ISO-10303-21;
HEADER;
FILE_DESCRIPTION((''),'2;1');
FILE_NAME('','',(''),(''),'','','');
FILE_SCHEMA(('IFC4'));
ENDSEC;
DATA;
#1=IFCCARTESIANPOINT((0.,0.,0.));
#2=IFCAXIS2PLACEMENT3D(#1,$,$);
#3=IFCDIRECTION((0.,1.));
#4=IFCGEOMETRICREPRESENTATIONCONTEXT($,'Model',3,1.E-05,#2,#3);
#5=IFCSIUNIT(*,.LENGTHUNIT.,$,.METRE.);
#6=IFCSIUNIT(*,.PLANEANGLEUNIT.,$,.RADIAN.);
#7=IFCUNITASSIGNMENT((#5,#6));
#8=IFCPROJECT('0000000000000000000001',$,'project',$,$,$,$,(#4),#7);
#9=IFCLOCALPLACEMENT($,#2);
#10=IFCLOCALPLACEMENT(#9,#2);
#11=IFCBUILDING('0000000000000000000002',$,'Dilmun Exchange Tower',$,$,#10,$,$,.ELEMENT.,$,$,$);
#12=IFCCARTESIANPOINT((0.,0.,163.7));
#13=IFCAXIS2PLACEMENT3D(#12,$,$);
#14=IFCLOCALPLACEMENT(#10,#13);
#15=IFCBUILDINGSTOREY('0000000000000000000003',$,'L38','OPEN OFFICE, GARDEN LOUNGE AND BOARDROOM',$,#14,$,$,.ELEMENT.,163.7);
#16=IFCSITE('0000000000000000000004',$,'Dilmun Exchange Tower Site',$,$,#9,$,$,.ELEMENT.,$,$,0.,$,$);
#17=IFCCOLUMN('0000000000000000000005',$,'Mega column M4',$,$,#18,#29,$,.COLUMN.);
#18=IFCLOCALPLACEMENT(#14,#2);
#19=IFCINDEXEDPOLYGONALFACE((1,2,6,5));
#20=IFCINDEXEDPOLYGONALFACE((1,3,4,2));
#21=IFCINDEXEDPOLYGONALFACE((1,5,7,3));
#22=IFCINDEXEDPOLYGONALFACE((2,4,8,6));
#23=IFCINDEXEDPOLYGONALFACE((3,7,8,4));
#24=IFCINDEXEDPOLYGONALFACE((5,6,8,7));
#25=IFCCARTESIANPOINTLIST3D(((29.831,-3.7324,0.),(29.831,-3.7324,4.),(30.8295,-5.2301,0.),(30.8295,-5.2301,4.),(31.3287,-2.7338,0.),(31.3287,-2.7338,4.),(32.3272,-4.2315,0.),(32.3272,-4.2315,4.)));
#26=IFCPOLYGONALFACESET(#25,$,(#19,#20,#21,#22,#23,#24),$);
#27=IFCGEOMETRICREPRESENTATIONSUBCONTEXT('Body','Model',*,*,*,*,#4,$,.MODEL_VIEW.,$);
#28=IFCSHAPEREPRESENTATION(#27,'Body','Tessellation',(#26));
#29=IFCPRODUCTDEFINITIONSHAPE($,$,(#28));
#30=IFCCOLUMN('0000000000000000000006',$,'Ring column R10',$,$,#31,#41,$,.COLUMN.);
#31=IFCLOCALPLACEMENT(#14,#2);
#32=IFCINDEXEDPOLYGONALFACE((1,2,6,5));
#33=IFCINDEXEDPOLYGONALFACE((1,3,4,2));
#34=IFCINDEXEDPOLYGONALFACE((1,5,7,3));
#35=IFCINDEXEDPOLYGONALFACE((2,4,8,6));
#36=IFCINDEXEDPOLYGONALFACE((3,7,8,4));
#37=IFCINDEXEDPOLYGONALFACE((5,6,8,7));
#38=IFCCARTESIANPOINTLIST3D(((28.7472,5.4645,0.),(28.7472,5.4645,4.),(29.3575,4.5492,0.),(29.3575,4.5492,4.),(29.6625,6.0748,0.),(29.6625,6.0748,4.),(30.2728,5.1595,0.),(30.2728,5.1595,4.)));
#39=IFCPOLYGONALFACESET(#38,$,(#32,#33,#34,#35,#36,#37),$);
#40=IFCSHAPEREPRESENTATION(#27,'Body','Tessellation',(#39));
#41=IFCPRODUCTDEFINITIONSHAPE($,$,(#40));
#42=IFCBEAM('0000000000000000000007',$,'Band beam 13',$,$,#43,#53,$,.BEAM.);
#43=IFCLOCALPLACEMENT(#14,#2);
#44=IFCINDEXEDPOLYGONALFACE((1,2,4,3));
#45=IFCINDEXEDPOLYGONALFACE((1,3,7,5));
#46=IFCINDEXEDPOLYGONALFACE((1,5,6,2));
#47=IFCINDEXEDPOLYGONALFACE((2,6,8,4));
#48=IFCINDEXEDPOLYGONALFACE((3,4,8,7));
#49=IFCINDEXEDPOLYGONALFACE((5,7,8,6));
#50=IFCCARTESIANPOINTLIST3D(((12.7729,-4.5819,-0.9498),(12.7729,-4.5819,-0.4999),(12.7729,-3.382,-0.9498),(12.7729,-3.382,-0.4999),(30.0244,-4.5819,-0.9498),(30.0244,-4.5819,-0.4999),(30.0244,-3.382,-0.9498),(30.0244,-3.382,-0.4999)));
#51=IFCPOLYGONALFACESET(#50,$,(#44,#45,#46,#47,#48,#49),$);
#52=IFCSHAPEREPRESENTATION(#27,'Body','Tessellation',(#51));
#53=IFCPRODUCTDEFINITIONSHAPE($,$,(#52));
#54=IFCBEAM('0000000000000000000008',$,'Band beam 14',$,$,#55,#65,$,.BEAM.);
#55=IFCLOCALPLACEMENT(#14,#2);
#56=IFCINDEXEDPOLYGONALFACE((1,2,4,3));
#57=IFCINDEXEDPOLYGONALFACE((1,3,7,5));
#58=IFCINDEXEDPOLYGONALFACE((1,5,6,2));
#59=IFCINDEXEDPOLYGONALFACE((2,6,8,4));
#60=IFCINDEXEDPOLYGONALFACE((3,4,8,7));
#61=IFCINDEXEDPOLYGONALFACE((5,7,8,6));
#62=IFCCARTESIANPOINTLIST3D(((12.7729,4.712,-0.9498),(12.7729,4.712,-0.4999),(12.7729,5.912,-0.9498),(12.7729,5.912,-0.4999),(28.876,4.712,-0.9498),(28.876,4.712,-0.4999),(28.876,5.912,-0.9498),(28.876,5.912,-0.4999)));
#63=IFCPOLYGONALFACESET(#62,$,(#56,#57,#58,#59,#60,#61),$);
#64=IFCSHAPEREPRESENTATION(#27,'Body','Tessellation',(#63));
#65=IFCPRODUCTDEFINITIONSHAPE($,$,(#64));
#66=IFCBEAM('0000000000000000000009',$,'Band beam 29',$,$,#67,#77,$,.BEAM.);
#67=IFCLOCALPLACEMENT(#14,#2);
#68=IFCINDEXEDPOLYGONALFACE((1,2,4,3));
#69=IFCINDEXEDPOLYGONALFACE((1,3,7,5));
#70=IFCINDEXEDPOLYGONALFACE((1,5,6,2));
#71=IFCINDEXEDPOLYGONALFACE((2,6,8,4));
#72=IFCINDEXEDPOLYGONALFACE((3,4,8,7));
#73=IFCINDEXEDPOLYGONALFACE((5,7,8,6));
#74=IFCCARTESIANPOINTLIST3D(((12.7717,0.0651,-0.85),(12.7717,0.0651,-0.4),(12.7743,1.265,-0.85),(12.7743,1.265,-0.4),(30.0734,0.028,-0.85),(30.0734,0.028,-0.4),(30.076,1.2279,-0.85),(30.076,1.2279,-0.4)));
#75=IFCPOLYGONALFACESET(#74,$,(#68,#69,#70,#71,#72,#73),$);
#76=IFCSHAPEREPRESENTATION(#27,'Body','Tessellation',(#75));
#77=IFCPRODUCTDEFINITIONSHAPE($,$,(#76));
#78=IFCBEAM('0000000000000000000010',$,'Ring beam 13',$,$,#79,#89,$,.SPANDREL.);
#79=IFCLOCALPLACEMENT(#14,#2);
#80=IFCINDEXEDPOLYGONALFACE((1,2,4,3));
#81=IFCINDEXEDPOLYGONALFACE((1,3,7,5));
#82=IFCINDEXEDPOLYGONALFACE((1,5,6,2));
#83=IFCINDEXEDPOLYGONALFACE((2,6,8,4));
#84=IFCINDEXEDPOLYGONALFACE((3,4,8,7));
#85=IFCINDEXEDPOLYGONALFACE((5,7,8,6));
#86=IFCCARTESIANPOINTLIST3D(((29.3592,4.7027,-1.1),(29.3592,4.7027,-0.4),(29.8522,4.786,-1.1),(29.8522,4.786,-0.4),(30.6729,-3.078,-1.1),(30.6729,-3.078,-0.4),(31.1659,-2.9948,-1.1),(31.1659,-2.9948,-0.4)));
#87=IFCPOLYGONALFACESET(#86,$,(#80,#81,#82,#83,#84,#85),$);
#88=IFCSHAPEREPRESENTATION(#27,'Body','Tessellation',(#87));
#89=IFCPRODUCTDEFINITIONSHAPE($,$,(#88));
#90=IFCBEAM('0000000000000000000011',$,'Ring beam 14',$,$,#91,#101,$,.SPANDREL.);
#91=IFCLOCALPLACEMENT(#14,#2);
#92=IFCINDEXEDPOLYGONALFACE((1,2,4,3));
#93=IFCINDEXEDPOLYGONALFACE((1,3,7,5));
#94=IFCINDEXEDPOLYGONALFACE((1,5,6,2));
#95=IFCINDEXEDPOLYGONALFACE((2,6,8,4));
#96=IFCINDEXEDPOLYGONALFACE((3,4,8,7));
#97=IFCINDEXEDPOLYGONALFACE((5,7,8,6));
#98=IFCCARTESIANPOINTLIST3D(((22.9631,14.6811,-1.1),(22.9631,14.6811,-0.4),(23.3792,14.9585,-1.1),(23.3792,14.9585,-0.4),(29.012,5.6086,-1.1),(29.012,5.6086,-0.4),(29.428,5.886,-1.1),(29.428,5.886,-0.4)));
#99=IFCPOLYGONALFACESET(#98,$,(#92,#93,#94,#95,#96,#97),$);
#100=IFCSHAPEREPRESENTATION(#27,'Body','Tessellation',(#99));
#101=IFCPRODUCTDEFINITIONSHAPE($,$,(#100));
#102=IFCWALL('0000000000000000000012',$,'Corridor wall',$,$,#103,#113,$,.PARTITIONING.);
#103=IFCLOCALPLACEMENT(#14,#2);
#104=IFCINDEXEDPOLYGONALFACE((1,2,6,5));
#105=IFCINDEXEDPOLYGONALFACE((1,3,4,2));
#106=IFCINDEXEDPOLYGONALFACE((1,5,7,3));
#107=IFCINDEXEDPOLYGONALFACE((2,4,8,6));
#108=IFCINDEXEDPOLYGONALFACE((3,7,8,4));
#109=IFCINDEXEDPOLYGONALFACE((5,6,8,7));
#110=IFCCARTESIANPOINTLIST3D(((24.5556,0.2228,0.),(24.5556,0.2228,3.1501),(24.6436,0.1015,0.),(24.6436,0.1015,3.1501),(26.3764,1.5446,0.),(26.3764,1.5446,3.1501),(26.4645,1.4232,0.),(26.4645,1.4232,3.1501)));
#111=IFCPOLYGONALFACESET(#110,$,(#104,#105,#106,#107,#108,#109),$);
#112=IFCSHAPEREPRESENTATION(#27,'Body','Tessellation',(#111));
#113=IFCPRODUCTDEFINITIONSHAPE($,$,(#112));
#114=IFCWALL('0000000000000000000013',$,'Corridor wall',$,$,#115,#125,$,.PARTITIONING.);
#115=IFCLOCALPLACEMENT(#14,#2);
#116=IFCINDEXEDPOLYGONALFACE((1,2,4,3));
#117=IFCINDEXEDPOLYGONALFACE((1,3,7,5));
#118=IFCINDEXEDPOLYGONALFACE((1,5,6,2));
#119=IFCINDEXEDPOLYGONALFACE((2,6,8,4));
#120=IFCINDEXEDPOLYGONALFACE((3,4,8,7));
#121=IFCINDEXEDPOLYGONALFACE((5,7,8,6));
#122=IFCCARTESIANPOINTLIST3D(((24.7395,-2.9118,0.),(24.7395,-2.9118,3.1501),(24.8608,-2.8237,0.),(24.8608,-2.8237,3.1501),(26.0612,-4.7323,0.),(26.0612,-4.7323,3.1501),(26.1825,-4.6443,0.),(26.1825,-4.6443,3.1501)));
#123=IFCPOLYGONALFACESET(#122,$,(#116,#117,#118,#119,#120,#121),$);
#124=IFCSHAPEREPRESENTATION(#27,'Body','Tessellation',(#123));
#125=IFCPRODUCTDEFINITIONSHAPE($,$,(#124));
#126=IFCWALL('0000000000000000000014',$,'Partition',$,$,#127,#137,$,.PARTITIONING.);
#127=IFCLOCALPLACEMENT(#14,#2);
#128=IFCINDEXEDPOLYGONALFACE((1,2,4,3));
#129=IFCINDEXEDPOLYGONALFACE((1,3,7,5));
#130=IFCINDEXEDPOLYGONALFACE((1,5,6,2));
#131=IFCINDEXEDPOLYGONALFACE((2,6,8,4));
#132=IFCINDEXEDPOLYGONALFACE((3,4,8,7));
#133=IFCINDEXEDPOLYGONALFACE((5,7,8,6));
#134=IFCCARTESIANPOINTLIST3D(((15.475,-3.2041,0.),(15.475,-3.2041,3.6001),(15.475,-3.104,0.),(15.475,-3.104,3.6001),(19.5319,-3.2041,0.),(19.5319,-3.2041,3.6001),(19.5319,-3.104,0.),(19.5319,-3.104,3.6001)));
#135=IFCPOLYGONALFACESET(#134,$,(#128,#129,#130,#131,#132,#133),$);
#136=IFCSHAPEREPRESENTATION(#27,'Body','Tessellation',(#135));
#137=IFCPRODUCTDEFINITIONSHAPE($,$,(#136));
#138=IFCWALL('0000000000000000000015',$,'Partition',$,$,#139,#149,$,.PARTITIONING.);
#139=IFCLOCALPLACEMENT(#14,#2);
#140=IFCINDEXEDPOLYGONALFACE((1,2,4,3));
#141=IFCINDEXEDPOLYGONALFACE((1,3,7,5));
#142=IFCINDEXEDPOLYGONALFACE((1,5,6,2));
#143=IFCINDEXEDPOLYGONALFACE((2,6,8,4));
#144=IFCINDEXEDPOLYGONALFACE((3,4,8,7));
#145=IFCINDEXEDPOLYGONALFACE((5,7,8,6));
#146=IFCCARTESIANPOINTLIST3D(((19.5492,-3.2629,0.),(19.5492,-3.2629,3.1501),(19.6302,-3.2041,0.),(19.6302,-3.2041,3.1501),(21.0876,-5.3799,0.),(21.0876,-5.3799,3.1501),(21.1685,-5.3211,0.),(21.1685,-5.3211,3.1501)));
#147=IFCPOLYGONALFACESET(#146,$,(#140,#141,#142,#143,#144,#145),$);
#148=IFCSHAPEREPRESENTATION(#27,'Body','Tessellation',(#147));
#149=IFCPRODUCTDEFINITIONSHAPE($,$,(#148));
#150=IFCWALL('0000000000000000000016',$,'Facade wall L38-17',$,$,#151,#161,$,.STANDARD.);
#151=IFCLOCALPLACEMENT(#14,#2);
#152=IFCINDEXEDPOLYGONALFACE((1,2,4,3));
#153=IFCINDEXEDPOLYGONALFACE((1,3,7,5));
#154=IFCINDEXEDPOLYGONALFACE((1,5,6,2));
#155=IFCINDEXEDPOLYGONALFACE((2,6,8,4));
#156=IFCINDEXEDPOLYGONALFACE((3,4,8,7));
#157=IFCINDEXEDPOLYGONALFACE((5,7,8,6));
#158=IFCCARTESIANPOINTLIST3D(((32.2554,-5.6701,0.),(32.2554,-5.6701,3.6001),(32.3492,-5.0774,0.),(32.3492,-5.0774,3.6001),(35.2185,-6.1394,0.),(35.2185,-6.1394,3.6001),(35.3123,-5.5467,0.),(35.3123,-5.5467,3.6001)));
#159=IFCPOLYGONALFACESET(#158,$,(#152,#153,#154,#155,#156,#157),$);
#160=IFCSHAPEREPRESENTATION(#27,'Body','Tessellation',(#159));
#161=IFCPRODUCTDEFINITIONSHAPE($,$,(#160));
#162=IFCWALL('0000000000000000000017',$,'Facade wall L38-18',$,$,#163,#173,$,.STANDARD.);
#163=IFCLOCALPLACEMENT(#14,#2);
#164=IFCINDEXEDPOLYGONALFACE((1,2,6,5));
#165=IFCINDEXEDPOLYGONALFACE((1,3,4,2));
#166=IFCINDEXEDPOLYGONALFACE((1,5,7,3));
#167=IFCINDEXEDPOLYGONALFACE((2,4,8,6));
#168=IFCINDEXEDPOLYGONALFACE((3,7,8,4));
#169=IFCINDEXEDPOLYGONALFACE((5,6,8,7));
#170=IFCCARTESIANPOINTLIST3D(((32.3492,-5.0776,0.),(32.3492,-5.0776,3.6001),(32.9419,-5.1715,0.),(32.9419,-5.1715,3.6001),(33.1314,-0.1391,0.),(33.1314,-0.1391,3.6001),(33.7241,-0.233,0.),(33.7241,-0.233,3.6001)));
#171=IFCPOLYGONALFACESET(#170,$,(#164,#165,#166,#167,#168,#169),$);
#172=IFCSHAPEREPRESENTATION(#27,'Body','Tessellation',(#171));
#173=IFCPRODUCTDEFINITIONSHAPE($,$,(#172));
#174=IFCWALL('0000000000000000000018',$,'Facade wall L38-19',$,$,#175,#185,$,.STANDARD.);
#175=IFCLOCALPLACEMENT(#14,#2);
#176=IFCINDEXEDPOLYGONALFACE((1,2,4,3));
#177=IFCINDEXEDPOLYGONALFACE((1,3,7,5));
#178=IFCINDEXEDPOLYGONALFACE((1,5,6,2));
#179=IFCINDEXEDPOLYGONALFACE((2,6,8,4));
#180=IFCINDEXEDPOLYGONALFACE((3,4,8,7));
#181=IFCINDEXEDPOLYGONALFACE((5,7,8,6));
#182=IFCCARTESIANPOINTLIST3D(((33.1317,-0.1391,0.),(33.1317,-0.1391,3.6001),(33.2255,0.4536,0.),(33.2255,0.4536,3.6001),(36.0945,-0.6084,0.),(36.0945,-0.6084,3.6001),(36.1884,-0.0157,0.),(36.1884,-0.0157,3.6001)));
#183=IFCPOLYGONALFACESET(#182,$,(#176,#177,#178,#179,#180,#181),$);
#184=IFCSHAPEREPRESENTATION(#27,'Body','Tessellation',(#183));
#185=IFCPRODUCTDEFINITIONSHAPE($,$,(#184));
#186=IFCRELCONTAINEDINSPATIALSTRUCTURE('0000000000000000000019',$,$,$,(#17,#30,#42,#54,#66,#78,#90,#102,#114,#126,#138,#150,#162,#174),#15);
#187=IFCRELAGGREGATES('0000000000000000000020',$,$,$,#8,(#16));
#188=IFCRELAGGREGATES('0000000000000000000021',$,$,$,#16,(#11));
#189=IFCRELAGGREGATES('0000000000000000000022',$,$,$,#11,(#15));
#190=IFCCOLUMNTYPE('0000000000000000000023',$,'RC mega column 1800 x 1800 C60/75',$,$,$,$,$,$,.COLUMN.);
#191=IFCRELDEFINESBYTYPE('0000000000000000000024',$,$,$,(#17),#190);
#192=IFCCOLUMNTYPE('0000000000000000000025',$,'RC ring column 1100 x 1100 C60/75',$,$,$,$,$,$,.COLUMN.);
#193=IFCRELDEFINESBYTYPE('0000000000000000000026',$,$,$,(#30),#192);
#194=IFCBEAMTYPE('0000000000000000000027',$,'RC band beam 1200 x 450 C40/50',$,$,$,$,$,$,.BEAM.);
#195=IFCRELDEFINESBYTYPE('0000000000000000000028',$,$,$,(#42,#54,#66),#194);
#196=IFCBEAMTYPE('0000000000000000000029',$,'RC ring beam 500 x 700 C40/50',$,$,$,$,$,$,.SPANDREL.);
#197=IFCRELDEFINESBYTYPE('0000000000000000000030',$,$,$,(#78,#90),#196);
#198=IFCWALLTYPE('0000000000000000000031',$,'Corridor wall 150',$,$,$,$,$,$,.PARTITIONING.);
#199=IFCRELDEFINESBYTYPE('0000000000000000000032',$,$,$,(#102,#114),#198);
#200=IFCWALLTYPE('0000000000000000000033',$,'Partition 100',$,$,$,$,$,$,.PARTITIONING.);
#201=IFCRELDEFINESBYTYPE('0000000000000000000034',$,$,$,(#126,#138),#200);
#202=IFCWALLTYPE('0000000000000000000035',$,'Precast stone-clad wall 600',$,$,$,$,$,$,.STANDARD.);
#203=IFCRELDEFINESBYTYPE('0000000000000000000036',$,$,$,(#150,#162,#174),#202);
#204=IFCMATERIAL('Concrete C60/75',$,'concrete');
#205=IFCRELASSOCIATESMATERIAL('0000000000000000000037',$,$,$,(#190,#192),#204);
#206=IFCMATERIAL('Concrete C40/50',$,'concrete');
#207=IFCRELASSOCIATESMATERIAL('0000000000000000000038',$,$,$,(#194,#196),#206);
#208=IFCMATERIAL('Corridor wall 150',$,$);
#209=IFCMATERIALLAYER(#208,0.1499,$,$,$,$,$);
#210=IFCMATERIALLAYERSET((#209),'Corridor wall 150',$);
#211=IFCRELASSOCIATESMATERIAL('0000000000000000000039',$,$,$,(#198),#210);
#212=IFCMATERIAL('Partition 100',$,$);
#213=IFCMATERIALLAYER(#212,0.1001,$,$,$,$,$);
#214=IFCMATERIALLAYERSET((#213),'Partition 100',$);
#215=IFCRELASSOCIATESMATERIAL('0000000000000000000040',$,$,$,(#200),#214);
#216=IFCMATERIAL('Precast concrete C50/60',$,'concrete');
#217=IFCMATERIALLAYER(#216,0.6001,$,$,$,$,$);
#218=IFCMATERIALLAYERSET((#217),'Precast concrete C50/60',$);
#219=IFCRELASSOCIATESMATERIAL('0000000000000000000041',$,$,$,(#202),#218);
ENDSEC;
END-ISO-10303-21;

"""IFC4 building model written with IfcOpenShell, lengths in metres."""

from ifc_helpers import new_model, si_unit, direction, frame, frame_2d, origin, origin_2d, place, context, subcontext, project, spatial, rectangle, extrude, material, layer, layer_set, material_profile, profile_set, type_object, element, save


model = new_model("IFC4")

# Units and contexts
model_context = context("Model", 3, precision=1e-05, world=origin(), true_north=direction((0.0, 1.0)))
body_context = subcontext(model_context, "Body", "Model", "MODEL_VIEW")
ifc_project = project(units=[si_unit("LENGTHUNIT", "METRE"), si_unit("PLANEANGLEUNIT", "RADIAN")], contexts=[model_context])

# Site, building, storey
site_placement = place(None, origin())
site = spatial("IfcSite", under=ifc_project, at=site_placement, Name="Dilmun Exchange Tower Site", CompositionType="ELEMENT", RefElevation=0.0)
building_placement = place(site_placement, origin())
building = spatial("IfcBuilding", under=site, at=building_placement, Name="Dilmun Exchange Tower", CompositionType="ELEMENT")
storey_placement = place(building_placement, frame((0.0, 0.0, 163.7)))
storey = spatial("IfcBuildingStorey", under=building, at=storey_placement, Name="L38", Description="OPEN OFFICE, GARDEN LOUNGE AND BOARDROOM", CompositionType="ELEMENT", Elevation=163.7)

# Columns
ifc_material_1 = material(Name="Concrete C60/75", Category="concrete")
ifc_material_profile_1 = material_profile(ifc_material_1, rectangle(XDim=1.8, YDim=1.8, at=origin_2d()), Name="1800 x 1800")
ifc_profile_set_1 = profile_set([ifc_material_profile_1], Name="Concrete C60/75")
column_type_1 = type_object("IfcColumnType", Name="RC mega column 1800 x 1800 C60/75", PredefinedType="COLUMN", material=ifc_profile_set_1)
column_1_placement = place(storey_placement, frame((31.0791, -3.9819, 0.0), z_axis=(0.0, 0.0, 1.0), x_axis=(0.832029, 0.554733, 0.0)))
element("IfcColumn", 1, at=column_1_placement, inside=storey, type_object=column_type_1, Name="Mega column M4", PredefinedType="COLUMN", context=body_context, shape_type="SweptSolid", body=[
    extrude(rectangle(XDim=1.8, YDim=1.8, at=origin_2d()), origin(), (0.0, 0.0, 1.0), 4.0),
])
ifc_material_profile_2 = material_profile(ifc_material_1, rectangle(XDim=1.1001, YDim=1.1001, at=origin_2d()), Name="1100 x 1100")
ifc_profile_set_2 = profile_set([ifc_material_profile_2], Name="Concrete C60/75")
column_type_2 = type_object("IfcColumnType", Name="RC ring column 1100 x 1100 C60/75", PredefinedType="COLUMN", material=ifc_profile_set_2)
column_2_placement = place(storey_placement, frame((29.51, 5.312, 0.0), z_axis=(0.0, 0.0, 1.0), x_axis=(0.832029, 0.554733, 0.0)))
element("IfcColumn", 2, at=column_2_placement, inside=storey, type_object=column_type_2, Name="Ring column R10", PredefinedType="COLUMN", context=body_context, shape_type="SweptSolid", body=[
    extrude(rectangle(XDim=1.1001, YDim=1.1001, at=origin_2d()), origin(), (0.0, 0.0, 1.0), 4.0),
])

# Beams
ifc_material_2 = material(Name="Concrete C40/50", Category="concrete")
ifc_material_profile_3 = material_profile(ifc_material_2, rectangle(XDim=1.2, YDim=0.45, at=origin_2d()), Name="1200 x 450")
ifc_profile_set_3 = profile_set([ifc_material_profile_3], Name="Concrete C40/50")
beam_type_1 = type_object("IfcBeamType", Name="RC band beam 1200 x 450 C40/50", PredefinedType="BEAM", material=ifc_profile_set_3)
beam_1_placement = place(storey_placement, frame((30.0244, -3.9819, -0.7249), z_axis=(-1.0, 0.0, 0.0), x_axis=(0.0, -1.0, 0.0)))
element("IfcBeam", 3, at=beam_1_placement, inside=storey, type_object=beam_type_1, Name="Band beam 13", PredefinedType="BEAM", context=body_context, shape_type="SweptSolid", body=[
    extrude(rectangle(XDim=1.2, YDim=0.45, at=origin_2d()), origin(), (0.0, 0.0, 1.0), 17.2515),
])
beam_2_placement = place(storey_placement, frame((28.876, 5.312, -0.7249), z_axis=(-1.0, 0.0, 0.0), x_axis=(0.0, -1.0, 0.0)))
element("IfcBeam", 4, at=beam_2_placement, inside=storey, type_object=beam_type_1, Name="Band beam 14", PredefinedType="BEAM", context=body_context, shape_type="SweptSolid", body=[
    extrude(rectangle(XDim=1.2, YDim=0.45, at=origin_2d()), origin(), (0.0, 0.0, 1.0), 16.103),
])
beam_3_placement = place(storey_placement, frame((30.0747, 0.6279, -0.625), z_axis=(-0.999998, 0.002145, 0.0), x_axis=(-0.002145, -0.999998, 0.0)))
element("IfcBeam", 5, at=beam_3_placement, inside=storey, type_object=beam_type_1, Name="Band beam 29", PredefinedType="BEAM", context=body_context, shape_type="SweptSolid", body=[
    extrude(rectangle(XDim=1.2, YDim=0.45, at=origin_2d()), origin(), (0.0, 0.0, 1.0), 17.3018),
])
ifc_material_profile_4 = material_profile(ifc_material_2, rectangle(XDim=0.5, YDim=0.7, at=origin_2d()), Name="500 x 700")
ifc_profile_set_4 = profile_set([ifc_material_profile_4], Name="Concrete C40/50")
beam_type_2 = type_object("IfcBeamType", Name="RC ring beam 500 x 700 C40/50", PredefinedType="SPANDREL", material=ifc_profile_set_4)
beam_4_placement = place(storey_placement, frame((30.9194, -3.0364, -0.75), z_axis=(-0.166486, 0.986044, 0.0), x_axis=(-0.986044, -0.166486, 0.0)))
element("IfcBeam", 6, at=beam_4_placement, inside=storey, type_object=beam_type_2, Name="Ring beam 13", PredefinedType="SPANDREL", context=body_context, shape_type="SweptSolid", body=[
    extrude(rectangle(XDim=0.5, YDim=0.7, at=origin_2d()), origin(), (0.0, 0.0, 1.0), 7.8909),
])
beam_5_placement = place(storey_placement, frame((29.22, 5.7473, -0.75), z_axis=(-0.554731, 0.83203, 0.0), x_axis=(-0.83203, -0.554731, 0.0)))
element("IfcBeam", 7, at=beam_5_placement, inside=storey, type_object=beam_type_2, Name="Ring beam 14", PredefinedType="SPANDREL", context=body_context, shape_type="SweptSolid", body=[
    extrude(rectangle(XDim=0.5, YDim=0.7, at=origin_2d()), origin(), (0.0, 0.0, 1.0), 10.9041),
])

# Walls
ifc_material_3 = material(Name="Corridor wall 150")
ifc_layer_1 = layer(ifc_material_3, 0.1499)
ifc_layer_set_1 = layer_set([ifc_layer_1], Name="Corridor wall 150")
wall_type_1 = type_object("IfcWallType", Name="Corridor wall 150", PredefinedType="PARTITIONING", material=ifc_layer_set_1)
wall_1_placement = place(storey_placement, frame((24.5996, 0.1621, 0.0), z_axis=(0.0, 0.0, 1.0), x_axis=(0.809252, 0.587462, 0.0)))
element("IfcWall", 8, at=wall_1_placement, inside=storey, type_object=wall_type_1, Name="Corridor wall", PredefinedType="PARTITIONING", context=body_context, shape_type="SweptSolid", body=[
    extrude(rectangle(XDim=2.25, YDim=0.1499, at=frame_2d((1.125, 0.0))), origin(), (0.0, 0.0, 1.0), 3.1501),
])
wall_2_placement = place(storey_placement, frame((24.8, -2.8677, 0.0), z_axis=(0.0, 0.0, 1.0), x_axis=(0.587513, -0.809214, 0.0)))
element("IfcWall", 9, at=wall_2_placement, inside=storey, type_object=wall_type_1, Name="Corridor wall", PredefinedType="PARTITIONING", context=body_context, shape_type="SweptSolid", body=[
    extrude(rectangle(XDim=2.2498, YDim=0.1499, at=frame_2d((1.125, 0.0))), origin(), (0.0, 0.0, 1.0), 3.1501),
])
ifc_material_4 = material(Name="Partition 100")
ifc_layer_2 = layer(ifc_material_4, 0.1001)
ifc_layer_set_2 = layer_set([ifc_layer_2], Name="Partition 100")
wall_type_2 = type_object("IfcWallType", Name="Partition 100", PredefinedType="PARTITIONING", material=ifc_layer_set_2)
wall_3_placement = place(storey_placement, frame((15.4751, -3.1541, 0.0), z_axis=(0.0, 0.0, 1.0), x_axis=(1.0, 0.0, 0.0)))
element("IfcWall", 10, at=wall_3_placement, inside=storey, type_object=wall_type_2, Name="Partition", PredefinedType="PARTITIONING", context=body_context, shape_type="SweptSolid", body=[
    extrude(rectangle(XDim=4.0569, YDim=0.1001, at=frame_2d((2.0283, 0.0))), origin(), (0.0, 0.0, 1.0), 3.6001),
])
wall_4_placement = place(storey_placement, frame((19.5896, -3.2334, 0.0), z_axis=(0.0, 0.0, 1.0), x_axis=(0.587855, -0.808966, 0.0)))
element("IfcWall", 11, at=wall_4_placement, inside=storey, type_object=wall_type_2, Name="Partition", PredefinedType="PARTITIONING", context=body_context, shape_type="SweptSolid", body=[
    extrude(rectangle(XDim=2.6169, YDim=0.1001, at=frame_2d((1.3086, 0.0))), origin(), (0.0, 0.0, 1.0), 3.1501),
])
ifc_material_5 = material(Name="Precast concrete C50/60", Category="concrete")
ifc_layer_3 = layer(ifc_material_5, 0.6001)
ifc_layer_set_3 = layer_set([ifc_layer_3], Name="Precast concrete C50/60")
wall_type_3 = type_object("IfcWallType", Name="Precast stone-clad wall 600", PredefinedType="STANDARD", material=ifc_layer_set_3)
wall_5_placement = place(storey_placement, frame((35.2654, -5.843, 0.0), z_axis=(0.0, 0.0, 1.0), x_axis=(-0.987692, 0.15641, 0.0)))
element("IfcWall", 12, at=wall_5_placement, inside=storey, type_object=wall_type_3, Name="Facade wall L38-17", PredefinedType="STANDARD", context=body_context, shape_type="SweptSolid", body=[
    extrude(rectangle(XDim=3.0, YDim=0.6001, at=frame_2d((1.5, 0.0))), origin(), (0.0, 0.0, 1.0), 3.6001),
])
wall_6_placement = place(storey_placement, frame((32.6455, -5.1245, 0.0), z_axis=(0.0, 0.0, 1.0), x_axis=(0.156444, 0.987687, 0.0)))
element("IfcWall", 13, at=wall_6_placement, inside=storey, type_object=wall_type_3, Name="Facade wall L38-18", PredefinedType="STANDARD", context=body_context, shape_type="SweptSolid", body=[
    extrude(rectangle(XDim=5.0, YDim=0.6001, at=frame_2d((2.5, 0.0))), origin(), (0.0, 0.0, 1.0), 3.6001),
])
wall_7_placement = place(storey_placement, frame((33.1785, 0.1572, 0.0), z_axis=(0.0, 0.0, 1.0), x_axis=(0.98769, -0.156422, 0.0)))
element("IfcWall", 14, at=wall_7_placement, inside=storey, type_object=wall_type_3, Name="Facade wall L38-19", PredefinedType="STANDARD", context=body_context, shape_type="SweptSolid", body=[
    extrude(rectangle(XDim=2.9998, YDim=0.6001, at=frame_2d((1.5, 0.0))), origin(), (0.0, 0.0, 1.0), 3.6001),
])

save(model, "model.ifc")
